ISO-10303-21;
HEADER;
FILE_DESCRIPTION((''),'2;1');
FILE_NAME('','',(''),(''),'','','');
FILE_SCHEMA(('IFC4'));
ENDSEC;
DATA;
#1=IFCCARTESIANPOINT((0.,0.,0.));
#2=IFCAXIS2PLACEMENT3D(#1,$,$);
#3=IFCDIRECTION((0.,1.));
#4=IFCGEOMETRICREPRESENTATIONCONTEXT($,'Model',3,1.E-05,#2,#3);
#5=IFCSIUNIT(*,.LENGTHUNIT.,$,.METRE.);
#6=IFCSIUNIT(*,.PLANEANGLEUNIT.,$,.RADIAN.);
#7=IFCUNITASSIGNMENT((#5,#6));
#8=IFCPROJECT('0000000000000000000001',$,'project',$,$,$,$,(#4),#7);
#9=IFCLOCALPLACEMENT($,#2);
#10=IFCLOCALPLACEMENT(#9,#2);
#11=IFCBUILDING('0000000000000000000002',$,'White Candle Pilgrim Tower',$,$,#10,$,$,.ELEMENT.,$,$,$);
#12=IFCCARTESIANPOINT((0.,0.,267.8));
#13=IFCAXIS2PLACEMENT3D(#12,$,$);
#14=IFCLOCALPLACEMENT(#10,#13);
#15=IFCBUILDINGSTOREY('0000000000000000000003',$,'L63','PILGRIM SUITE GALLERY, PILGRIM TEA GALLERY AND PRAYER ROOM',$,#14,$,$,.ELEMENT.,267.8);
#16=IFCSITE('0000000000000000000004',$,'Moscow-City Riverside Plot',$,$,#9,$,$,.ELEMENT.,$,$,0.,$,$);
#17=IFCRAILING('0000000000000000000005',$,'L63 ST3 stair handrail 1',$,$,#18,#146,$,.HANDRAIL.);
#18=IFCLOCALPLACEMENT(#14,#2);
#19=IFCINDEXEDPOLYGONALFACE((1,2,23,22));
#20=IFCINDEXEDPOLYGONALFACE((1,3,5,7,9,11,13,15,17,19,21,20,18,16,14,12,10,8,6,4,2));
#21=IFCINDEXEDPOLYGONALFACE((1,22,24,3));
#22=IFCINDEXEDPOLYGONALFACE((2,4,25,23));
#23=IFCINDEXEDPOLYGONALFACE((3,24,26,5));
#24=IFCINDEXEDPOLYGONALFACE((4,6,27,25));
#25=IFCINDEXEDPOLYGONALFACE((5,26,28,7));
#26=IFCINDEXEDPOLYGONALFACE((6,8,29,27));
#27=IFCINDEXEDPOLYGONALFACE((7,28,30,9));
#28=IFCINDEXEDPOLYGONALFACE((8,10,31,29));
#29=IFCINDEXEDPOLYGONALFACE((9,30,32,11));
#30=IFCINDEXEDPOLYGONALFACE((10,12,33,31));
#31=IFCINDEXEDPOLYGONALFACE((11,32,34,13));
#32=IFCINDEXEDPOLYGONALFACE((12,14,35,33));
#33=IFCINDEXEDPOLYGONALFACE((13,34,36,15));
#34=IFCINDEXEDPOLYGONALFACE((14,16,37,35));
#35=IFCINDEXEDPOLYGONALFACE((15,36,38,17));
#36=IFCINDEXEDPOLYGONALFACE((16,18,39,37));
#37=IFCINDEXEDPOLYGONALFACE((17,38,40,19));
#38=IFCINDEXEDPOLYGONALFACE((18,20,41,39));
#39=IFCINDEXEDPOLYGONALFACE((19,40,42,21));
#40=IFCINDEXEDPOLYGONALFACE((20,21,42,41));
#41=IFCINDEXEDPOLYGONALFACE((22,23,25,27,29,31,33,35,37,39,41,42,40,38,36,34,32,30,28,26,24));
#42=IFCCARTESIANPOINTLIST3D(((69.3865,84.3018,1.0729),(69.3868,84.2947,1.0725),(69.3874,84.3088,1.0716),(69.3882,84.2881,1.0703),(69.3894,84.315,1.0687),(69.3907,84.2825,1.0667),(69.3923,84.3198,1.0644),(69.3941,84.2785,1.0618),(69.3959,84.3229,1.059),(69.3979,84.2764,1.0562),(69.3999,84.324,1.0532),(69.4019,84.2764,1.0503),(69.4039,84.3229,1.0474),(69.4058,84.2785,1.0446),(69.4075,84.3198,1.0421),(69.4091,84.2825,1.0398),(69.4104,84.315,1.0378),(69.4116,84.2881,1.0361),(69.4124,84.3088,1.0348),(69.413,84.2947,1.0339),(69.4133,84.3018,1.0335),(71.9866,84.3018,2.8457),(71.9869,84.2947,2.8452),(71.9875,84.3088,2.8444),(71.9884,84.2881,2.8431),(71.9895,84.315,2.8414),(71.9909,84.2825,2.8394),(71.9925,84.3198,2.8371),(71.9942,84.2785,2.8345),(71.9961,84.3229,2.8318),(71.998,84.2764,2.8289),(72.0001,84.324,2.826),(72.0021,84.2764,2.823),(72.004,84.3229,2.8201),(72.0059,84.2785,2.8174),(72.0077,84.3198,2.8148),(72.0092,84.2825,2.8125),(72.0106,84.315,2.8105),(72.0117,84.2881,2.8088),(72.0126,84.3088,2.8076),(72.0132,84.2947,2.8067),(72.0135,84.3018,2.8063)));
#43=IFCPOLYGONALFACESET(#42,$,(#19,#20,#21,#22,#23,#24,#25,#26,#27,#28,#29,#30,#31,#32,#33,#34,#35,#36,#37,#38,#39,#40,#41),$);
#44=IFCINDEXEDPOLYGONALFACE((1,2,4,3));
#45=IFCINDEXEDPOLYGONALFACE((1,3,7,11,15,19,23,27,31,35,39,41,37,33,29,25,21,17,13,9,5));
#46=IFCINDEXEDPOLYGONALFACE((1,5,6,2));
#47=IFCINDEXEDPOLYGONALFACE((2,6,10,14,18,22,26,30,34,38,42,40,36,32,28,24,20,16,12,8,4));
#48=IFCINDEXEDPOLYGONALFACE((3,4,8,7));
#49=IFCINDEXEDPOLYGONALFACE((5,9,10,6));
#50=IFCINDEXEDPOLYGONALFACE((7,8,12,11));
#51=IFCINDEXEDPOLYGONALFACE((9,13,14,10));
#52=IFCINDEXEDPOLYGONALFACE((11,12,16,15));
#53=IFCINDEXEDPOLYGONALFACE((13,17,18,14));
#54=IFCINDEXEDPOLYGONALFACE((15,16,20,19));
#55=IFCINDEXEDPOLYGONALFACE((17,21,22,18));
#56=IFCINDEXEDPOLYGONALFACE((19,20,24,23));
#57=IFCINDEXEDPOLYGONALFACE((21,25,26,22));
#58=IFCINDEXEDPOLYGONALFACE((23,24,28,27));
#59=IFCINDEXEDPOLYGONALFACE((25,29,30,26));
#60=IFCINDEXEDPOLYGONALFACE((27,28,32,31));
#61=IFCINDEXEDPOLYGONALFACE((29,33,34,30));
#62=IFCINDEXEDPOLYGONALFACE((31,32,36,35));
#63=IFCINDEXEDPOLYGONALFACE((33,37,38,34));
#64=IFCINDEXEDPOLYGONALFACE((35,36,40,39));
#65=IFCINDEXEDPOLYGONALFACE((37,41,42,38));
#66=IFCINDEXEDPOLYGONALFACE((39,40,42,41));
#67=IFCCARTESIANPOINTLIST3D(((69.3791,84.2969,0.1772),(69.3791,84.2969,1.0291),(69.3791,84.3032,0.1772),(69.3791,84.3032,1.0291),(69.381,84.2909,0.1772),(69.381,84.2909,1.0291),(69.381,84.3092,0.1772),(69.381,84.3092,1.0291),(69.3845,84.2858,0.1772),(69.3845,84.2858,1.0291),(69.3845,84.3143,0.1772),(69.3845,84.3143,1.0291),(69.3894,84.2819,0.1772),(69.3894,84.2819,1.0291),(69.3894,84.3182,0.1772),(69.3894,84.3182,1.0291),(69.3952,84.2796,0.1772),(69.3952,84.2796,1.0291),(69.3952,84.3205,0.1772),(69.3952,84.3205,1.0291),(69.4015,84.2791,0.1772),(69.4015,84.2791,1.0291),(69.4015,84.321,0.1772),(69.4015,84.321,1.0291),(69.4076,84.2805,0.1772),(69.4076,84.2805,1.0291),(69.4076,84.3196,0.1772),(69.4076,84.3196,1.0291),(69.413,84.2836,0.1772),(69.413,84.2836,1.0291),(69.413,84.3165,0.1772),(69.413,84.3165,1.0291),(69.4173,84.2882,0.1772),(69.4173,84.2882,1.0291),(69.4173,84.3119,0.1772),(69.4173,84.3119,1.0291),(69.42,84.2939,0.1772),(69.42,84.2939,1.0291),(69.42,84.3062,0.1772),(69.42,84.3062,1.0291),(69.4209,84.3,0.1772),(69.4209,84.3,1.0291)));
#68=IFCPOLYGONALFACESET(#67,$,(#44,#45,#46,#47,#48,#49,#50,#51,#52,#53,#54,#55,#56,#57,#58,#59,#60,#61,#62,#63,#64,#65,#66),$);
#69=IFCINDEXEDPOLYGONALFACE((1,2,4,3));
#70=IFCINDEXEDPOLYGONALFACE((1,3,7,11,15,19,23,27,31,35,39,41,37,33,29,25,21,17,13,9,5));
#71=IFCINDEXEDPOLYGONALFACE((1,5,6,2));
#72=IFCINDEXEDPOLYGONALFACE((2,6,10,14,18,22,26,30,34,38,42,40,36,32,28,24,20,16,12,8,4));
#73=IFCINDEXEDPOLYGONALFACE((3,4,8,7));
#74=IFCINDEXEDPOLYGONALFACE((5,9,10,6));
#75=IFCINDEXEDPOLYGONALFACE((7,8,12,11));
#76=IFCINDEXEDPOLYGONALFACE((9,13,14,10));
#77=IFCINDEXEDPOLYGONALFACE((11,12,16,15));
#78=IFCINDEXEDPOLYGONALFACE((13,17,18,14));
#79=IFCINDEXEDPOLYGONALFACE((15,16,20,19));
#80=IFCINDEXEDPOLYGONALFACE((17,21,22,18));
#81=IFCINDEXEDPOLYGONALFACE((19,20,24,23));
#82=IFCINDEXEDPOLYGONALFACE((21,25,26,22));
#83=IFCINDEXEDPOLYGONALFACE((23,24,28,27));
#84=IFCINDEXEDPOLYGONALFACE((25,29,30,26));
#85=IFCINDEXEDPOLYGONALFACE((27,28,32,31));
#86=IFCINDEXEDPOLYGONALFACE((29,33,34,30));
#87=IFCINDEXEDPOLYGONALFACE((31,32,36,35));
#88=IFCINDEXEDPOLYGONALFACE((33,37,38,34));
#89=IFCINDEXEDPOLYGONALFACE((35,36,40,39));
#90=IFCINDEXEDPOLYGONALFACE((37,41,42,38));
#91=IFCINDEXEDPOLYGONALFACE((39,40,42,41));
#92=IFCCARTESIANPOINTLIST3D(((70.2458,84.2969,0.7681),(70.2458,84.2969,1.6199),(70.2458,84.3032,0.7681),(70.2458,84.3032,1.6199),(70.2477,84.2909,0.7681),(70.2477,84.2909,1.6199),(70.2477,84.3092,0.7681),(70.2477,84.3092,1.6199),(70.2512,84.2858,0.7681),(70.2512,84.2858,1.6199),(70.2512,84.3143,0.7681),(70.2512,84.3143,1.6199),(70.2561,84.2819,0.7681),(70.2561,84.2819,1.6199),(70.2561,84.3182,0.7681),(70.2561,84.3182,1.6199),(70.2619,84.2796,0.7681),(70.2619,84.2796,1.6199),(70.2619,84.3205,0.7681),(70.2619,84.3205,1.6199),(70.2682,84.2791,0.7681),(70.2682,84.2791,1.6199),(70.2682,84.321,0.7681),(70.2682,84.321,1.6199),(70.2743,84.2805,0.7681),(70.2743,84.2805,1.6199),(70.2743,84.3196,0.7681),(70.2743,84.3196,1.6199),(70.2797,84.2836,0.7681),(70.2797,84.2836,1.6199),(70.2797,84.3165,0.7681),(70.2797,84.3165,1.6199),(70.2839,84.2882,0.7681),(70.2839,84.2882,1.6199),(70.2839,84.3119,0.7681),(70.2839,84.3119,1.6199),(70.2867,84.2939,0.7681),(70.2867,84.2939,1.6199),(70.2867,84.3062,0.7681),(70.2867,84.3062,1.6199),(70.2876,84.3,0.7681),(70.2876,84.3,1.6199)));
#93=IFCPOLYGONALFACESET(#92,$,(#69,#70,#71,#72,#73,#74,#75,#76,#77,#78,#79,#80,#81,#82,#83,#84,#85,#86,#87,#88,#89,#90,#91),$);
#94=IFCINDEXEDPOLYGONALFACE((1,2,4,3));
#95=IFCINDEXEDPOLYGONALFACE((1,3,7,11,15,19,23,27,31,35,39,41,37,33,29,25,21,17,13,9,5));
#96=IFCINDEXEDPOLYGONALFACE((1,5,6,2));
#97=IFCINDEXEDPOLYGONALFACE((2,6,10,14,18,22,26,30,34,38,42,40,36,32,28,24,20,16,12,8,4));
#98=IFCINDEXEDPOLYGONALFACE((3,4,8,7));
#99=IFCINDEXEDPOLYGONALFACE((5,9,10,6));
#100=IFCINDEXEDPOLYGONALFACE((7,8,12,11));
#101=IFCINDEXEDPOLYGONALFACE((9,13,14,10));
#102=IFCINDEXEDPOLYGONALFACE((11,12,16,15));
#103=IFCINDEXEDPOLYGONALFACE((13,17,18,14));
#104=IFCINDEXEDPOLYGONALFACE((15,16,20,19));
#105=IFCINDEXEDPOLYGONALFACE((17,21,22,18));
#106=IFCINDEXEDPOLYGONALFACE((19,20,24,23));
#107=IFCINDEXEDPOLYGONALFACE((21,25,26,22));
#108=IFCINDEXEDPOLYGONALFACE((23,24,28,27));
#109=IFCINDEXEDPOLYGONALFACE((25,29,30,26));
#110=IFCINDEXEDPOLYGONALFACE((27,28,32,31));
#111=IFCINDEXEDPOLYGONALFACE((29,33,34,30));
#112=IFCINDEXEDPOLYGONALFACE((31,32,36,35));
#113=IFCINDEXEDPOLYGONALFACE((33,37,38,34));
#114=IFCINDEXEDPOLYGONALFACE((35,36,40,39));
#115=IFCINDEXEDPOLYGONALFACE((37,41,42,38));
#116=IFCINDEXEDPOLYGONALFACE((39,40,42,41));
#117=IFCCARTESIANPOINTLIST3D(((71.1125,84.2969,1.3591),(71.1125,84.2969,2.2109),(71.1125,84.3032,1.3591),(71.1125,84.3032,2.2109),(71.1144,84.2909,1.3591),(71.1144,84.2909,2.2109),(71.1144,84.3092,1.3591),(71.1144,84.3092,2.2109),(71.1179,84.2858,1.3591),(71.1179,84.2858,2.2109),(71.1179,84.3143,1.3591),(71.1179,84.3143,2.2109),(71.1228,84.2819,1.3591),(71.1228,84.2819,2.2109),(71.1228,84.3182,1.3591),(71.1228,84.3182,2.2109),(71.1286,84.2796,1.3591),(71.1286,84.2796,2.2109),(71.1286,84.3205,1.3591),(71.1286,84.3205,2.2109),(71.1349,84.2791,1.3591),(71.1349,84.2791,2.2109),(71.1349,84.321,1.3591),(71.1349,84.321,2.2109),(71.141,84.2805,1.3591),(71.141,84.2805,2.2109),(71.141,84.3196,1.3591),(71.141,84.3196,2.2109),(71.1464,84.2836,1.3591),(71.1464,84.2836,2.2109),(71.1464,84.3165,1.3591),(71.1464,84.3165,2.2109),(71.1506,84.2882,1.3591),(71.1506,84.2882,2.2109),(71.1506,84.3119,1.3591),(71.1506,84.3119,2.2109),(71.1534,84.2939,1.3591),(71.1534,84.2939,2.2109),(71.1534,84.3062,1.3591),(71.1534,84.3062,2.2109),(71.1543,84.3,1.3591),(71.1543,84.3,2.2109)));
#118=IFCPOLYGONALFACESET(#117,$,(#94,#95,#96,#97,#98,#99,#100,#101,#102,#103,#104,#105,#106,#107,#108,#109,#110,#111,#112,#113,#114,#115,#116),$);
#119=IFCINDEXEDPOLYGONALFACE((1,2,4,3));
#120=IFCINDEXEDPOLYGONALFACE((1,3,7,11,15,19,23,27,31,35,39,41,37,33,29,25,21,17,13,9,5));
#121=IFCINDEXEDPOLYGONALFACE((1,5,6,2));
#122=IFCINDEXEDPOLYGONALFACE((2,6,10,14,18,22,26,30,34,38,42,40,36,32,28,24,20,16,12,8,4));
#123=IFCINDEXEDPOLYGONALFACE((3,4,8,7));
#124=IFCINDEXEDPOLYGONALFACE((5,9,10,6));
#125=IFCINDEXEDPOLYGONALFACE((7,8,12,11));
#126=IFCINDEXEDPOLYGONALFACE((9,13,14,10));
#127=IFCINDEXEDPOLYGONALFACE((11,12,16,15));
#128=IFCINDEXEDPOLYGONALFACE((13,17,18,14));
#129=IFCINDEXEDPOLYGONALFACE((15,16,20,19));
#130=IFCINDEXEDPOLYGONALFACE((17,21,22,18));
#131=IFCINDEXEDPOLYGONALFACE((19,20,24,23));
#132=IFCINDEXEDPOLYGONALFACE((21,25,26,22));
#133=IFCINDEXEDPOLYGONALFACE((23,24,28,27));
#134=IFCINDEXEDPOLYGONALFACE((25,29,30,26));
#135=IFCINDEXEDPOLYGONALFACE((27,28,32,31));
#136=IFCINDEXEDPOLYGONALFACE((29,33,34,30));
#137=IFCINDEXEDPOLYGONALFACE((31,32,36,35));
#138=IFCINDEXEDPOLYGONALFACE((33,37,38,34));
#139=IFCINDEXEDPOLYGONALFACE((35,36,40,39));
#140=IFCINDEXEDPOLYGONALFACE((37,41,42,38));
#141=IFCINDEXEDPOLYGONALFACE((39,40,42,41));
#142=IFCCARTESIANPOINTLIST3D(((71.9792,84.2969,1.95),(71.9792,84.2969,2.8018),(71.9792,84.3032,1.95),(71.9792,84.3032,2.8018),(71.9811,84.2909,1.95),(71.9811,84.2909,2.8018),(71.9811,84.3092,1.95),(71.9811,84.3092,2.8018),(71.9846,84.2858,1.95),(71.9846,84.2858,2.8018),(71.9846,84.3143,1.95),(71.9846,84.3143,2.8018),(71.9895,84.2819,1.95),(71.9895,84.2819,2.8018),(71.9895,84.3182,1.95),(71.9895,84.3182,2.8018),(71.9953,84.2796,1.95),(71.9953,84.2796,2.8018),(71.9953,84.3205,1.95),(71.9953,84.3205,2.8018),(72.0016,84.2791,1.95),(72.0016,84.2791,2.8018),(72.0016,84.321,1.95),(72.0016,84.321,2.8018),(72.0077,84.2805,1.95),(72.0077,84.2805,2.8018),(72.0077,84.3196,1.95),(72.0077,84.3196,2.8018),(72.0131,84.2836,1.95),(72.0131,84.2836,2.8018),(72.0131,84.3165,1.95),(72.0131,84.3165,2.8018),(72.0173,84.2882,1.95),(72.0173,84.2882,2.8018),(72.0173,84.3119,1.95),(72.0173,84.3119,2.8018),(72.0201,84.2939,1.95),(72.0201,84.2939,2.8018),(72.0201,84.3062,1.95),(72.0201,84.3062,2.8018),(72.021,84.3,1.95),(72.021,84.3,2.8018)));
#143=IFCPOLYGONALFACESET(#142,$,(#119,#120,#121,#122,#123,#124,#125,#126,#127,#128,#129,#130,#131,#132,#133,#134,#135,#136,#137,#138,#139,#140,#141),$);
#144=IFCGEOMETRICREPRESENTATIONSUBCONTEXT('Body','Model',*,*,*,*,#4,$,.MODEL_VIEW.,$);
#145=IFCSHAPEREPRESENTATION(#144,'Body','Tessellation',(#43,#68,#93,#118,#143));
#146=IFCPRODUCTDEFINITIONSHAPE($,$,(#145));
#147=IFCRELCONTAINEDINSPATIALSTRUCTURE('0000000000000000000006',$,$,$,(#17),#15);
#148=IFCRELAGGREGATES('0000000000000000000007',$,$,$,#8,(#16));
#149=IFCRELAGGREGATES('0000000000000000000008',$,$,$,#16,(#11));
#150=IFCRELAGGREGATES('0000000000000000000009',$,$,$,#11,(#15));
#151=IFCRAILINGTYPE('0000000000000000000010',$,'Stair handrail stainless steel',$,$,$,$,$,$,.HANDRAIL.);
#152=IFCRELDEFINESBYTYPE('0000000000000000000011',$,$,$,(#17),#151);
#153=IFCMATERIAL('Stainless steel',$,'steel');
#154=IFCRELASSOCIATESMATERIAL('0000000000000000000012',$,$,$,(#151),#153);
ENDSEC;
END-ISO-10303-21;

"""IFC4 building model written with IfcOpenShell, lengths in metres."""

from ifc_helpers import new_model, si_unit, direction, frame, origin, origin_2d, place, context, subcontext, project, spatial, circle, extrude, material, type_object, element, save


model = new_model("IFC4")

# Units and contexts
model_context = context("Model", 3, precision=1e-05, world=origin(), true_north=direction((0.0, 1.0)))
body_context = subcontext(model_context, "Body", "Model", "MODEL_VIEW")
ifc_project = project(units=[si_unit("LENGTHUNIT", "METRE"), si_unit("PLANEANGLEUNIT", "RADIAN")], contexts=[model_context])

# Site, building, storey
site_placement = place(None, origin())
site = spatial("IfcSite", under=ifc_project, at=site_placement, Name="Moscow-City Riverside Plot", CompositionType="ELEMENT", RefElevation=0.0)
building_placement = place(site_placement, origin())
building = spatial("IfcBuilding", under=site, at=building_placement, Name="White Candle Pilgrim Tower", CompositionType="ELEMENT")
storey_placement = place(building_placement, frame((0.0, 0.0, 267.8)))
storey = spatial("IfcBuildingStorey", under=building, at=storey_placement, Name="L63", Description="PILGRIM SUITE GALLERY, PILGRIM TEA GALLERY AND PRAYER ROOM", CompositionType="ELEMENT", Elevation=267.8)

# Railing
ifc_material_1 = material(Name="Stainless steel", Category="steel")
railing_type_1 = type_object("IfcRailingType", Name="Stair handrail stainless steel", PredefinedType="HANDRAIL", material=ifc_material_1)
railing_1_placement = place(storey_placement, frame((69.3999, 84.3, 0.1772)))
element("IfcRailing", 1, at=railing_1_placement, inside=storey, type_object=railing_type_1, Name="L63 ST3 stair handrail 1", PredefinedType="HANDRAIL", context=body_context, shape_type="SweptSolid", body=[
    extrude(circle(Radius=0.0239, at=origin_2d()), frame((0.0, 0.0, 0.876), z_axis=(0.82624, 0.0, 0.563318), x_axis=(0.0, 1.0, 0.0)), (0.0, 0.0, 1.0), 3.147),
    extrude(circle(Radius=0.021, at=origin_2d()), origin(), (0.0, 0.0, 1.0), 0.8518),
    extrude(circle(Radius=0.021, at=origin_2d()), frame((0.8667, 0.0, 0.5908)), (0.0, 0.0, 1.0), 0.8518),
    extrude(circle(Radius=0.021, at=origin_2d()), frame((1.7334, 0.0, 1.1819)), (0.0, 0.0, 1.0), 0.8518),
    extrude(circle(Radius=0.021, at=origin_2d()), frame((2.6001, 0.0, 1.7727)), (0.0, 0.0, 1.0), 0.8518),
])

save(model, "model.ifc")
